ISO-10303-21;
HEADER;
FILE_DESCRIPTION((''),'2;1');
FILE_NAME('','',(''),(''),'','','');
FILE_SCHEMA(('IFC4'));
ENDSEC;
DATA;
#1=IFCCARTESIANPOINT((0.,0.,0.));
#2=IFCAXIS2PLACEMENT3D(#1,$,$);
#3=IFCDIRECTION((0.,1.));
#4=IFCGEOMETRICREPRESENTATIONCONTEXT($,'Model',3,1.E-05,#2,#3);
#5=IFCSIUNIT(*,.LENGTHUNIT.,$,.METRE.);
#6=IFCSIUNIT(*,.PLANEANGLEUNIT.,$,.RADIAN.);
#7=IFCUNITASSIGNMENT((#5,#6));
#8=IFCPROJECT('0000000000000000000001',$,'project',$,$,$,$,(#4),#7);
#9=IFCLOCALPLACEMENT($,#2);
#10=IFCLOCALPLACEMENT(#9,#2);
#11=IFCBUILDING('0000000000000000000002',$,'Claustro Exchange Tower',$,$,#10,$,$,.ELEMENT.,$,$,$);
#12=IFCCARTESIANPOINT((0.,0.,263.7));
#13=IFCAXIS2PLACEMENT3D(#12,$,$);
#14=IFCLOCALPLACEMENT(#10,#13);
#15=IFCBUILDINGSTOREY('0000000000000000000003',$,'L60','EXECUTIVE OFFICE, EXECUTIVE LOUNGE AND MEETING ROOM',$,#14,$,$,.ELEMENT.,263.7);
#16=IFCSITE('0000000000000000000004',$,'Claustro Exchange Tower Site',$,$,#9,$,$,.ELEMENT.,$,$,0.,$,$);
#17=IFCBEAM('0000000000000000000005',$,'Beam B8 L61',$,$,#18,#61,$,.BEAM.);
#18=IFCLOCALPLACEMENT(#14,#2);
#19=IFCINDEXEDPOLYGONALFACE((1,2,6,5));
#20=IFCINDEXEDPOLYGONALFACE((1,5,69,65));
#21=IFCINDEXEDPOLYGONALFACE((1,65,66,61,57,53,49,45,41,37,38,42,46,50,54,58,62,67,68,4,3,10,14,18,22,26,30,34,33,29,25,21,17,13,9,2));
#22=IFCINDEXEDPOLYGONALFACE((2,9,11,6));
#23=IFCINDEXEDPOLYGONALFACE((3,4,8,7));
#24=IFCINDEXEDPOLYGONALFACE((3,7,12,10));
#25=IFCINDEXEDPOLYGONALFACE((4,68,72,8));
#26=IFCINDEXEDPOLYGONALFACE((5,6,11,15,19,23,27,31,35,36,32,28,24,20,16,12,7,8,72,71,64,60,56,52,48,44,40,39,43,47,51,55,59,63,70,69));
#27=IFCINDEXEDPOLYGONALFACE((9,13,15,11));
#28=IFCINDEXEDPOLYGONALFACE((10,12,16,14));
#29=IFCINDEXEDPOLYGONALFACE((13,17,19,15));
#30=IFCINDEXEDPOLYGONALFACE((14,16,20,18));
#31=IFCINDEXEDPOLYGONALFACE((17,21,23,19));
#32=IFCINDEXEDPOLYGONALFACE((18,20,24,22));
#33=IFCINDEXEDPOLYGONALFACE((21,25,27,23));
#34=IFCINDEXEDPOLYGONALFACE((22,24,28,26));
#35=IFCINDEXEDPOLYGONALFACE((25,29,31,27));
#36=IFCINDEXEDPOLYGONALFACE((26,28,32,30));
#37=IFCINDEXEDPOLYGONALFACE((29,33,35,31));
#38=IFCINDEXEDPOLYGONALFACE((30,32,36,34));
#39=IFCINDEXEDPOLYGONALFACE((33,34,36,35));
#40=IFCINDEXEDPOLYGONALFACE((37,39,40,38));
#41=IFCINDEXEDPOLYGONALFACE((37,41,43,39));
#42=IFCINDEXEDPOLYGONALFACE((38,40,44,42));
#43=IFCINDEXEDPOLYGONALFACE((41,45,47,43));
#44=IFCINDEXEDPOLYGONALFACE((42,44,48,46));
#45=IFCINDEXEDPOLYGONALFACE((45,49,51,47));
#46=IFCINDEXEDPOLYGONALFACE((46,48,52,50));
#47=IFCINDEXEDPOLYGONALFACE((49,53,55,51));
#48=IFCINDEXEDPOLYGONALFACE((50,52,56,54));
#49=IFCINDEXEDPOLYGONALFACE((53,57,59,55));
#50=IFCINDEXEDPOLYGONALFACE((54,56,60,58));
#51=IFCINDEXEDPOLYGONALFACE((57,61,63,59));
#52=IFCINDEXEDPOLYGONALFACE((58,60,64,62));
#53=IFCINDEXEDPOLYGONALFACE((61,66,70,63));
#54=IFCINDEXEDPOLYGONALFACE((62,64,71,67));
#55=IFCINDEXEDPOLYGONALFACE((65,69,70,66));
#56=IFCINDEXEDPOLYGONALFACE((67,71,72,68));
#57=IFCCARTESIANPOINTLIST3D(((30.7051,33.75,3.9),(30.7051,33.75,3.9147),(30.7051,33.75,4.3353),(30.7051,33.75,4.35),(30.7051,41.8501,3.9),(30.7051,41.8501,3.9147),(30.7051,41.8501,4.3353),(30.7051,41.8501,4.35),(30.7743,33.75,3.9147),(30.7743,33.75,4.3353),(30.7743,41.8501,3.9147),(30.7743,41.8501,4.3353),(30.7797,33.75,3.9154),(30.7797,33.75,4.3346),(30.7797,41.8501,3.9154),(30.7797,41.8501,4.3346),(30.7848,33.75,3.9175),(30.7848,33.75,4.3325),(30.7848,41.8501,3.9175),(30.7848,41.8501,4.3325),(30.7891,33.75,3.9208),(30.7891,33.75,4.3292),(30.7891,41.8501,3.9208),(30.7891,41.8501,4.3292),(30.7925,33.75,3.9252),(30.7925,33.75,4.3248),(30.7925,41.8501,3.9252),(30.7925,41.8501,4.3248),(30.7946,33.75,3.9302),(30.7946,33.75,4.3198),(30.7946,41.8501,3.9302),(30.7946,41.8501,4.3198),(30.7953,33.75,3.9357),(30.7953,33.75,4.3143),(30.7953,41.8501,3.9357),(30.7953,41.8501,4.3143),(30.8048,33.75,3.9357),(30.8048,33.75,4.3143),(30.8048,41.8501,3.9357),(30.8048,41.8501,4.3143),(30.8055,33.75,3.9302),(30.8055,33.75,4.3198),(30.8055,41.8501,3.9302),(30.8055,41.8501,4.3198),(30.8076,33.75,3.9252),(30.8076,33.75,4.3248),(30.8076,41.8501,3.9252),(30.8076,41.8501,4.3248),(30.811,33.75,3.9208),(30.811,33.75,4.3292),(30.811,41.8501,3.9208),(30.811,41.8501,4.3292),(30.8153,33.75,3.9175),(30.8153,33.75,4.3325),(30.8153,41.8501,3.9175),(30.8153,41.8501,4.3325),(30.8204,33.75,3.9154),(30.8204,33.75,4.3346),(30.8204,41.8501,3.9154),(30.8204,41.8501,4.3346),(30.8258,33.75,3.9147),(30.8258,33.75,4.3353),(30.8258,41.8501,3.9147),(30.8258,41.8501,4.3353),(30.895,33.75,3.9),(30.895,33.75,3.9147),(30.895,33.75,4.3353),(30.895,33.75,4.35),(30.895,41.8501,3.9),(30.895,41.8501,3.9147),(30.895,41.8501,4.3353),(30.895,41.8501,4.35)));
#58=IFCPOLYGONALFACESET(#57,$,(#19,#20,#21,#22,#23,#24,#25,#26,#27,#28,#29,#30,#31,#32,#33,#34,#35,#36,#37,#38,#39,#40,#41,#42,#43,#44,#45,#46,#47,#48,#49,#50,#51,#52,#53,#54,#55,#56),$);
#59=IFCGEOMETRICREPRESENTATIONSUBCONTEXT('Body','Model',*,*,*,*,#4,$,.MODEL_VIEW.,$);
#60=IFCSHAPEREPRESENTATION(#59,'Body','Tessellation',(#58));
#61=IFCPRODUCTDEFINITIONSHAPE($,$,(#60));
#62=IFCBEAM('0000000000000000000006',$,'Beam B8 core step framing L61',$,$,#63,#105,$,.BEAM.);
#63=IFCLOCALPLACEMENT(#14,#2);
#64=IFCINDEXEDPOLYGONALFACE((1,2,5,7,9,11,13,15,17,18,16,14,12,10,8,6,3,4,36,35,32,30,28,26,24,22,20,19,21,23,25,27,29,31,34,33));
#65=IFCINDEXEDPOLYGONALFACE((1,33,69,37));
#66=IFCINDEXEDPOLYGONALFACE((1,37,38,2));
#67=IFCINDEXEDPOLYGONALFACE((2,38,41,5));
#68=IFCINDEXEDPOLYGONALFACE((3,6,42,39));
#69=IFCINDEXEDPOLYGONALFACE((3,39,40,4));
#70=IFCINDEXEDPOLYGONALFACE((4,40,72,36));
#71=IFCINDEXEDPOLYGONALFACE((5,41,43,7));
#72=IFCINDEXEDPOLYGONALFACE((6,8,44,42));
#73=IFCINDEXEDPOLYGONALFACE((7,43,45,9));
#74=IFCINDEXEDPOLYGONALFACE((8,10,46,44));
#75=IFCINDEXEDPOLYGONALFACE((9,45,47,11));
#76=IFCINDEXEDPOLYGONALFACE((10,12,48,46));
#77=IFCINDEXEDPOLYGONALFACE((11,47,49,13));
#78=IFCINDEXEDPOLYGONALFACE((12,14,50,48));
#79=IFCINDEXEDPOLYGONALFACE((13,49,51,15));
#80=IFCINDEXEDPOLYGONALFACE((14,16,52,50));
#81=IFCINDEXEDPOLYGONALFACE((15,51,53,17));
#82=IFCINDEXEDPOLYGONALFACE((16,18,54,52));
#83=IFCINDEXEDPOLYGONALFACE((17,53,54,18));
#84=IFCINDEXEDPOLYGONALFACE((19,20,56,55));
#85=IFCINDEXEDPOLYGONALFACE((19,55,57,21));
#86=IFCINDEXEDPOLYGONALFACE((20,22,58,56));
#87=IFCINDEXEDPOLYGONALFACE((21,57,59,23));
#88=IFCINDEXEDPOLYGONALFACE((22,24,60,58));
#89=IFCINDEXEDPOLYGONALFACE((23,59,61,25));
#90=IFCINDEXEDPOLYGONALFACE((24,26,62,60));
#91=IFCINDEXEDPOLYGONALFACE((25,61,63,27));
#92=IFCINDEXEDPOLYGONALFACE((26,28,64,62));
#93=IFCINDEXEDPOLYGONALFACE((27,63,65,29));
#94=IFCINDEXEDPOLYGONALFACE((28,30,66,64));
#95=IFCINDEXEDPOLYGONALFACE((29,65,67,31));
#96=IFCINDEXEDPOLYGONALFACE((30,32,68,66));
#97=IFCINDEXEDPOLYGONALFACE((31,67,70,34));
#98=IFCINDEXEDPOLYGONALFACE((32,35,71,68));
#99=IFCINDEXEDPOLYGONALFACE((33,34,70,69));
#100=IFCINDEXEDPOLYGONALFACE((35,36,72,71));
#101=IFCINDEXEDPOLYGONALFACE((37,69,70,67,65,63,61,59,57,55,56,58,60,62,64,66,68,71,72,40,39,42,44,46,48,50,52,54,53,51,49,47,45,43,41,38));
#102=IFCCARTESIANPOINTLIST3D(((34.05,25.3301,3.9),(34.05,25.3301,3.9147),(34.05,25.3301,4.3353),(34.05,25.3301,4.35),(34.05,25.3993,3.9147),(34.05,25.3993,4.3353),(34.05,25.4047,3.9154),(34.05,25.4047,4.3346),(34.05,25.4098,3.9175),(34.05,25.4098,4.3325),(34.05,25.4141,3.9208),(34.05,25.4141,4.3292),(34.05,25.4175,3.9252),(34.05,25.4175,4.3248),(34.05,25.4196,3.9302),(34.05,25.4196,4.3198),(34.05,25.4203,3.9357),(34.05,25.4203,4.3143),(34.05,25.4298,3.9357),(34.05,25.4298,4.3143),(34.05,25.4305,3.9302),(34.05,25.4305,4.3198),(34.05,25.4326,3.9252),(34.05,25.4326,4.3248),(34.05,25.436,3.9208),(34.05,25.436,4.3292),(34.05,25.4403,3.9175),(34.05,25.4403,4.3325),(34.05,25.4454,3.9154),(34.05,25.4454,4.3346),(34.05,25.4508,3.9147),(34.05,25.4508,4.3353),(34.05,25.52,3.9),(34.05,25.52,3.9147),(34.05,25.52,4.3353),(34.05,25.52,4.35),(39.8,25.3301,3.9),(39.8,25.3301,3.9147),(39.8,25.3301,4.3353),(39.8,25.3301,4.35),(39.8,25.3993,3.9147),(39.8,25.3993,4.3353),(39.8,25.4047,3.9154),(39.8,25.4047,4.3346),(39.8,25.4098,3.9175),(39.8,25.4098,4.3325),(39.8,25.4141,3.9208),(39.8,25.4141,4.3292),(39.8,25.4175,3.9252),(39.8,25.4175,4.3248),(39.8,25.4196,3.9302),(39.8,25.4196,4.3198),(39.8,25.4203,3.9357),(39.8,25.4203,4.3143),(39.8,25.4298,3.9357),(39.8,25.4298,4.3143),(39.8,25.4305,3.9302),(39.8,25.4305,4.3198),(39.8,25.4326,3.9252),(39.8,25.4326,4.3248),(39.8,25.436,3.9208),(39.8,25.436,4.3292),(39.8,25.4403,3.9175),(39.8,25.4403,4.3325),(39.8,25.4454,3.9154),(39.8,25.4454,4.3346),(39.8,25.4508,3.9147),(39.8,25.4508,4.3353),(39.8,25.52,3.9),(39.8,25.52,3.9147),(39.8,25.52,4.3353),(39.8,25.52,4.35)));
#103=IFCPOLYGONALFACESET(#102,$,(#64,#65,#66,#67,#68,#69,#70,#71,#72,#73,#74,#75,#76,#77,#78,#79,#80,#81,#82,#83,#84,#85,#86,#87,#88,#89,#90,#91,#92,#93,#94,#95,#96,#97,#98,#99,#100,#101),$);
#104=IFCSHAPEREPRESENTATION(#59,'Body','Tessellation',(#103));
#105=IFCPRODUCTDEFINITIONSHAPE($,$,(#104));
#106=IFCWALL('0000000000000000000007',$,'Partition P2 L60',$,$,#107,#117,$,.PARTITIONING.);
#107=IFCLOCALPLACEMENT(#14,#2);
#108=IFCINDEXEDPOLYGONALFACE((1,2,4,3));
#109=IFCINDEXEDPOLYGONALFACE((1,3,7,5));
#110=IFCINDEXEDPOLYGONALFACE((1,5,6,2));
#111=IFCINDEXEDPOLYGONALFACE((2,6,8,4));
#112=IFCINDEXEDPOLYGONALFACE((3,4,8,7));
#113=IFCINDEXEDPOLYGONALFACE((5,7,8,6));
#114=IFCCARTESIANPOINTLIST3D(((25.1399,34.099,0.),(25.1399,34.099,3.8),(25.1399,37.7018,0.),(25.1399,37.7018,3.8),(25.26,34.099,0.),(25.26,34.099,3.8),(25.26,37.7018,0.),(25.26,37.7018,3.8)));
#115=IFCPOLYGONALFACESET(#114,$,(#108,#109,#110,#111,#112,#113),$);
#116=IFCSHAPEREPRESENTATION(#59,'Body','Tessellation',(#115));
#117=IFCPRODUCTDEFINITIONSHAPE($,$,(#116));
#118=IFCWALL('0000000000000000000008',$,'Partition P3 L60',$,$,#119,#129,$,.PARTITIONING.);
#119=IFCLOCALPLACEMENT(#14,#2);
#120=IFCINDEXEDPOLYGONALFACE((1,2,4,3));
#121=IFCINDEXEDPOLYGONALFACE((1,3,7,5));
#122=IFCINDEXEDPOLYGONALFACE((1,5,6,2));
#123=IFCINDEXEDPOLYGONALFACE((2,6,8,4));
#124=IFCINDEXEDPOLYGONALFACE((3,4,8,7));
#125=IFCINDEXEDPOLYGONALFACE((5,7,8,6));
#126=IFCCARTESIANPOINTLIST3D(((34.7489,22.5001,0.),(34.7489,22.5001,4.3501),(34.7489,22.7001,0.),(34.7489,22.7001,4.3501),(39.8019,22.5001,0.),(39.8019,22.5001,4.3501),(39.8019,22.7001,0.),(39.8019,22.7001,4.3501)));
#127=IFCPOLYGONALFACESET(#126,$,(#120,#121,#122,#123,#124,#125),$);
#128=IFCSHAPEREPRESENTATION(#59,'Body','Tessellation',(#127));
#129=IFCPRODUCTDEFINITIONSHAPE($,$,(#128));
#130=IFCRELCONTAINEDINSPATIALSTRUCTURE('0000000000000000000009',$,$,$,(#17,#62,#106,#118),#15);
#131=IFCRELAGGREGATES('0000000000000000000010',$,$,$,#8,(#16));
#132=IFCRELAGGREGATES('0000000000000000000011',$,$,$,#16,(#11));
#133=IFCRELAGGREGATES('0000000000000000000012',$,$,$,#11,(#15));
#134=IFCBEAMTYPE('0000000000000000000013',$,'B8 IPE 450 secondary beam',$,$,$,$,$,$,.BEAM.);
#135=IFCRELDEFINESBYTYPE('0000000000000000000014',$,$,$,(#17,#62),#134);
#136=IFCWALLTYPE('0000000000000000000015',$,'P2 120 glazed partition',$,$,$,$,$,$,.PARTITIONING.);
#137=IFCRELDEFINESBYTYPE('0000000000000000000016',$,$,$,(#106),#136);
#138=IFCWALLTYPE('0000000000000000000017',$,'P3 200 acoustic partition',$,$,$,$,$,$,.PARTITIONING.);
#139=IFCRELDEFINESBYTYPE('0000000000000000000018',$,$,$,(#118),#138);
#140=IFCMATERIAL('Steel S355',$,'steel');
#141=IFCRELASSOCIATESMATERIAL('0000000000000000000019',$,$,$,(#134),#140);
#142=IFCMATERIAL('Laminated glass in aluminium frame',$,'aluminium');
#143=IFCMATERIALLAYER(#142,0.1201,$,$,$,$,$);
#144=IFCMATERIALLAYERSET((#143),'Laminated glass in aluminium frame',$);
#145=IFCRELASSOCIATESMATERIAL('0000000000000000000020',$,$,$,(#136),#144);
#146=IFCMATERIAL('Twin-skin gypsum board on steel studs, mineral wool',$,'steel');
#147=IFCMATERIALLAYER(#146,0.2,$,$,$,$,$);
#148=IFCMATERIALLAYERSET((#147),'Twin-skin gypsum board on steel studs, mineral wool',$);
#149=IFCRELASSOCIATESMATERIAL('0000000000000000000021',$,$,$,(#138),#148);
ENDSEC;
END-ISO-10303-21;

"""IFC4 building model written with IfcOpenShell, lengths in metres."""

from ifc_helpers import new_model, si_unit, direction, frame, frame_2d, origin, origin_2d, place, context, subcontext, project, spatial, rectangle, i_section, extrude, material, layer, layer_set, material_profile, profile_set, type_object, element, save


model = new_model("IFC4")

# Units and contexts
model_context = context("Model", 3, precision=1e-05, world=origin(), true_north=direction((0.0, 1.0)))
body_context = subcontext(model_context, "Body", "Model", "MODEL_VIEW")
ifc_project = project(units=[si_unit("LENGTHUNIT", "METRE"), si_unit("PLANEANGLEUNIT", "RADIAN")], contexts=[model_context])

# Site, building, storey
site_placement = place(None, origin())
site = spatial("IfcSite", under=ifc_project, at=site_placement, Name="Claustro Exchange Tower Site", CompositionType="ELEMENT", RefElevation=0.0)
building_placement = place(site_placement, origin())
building = spatial("IfcBuilding", under=site, at=building_placement, Name="Claustro Exchange Tower", CompositionType="ELEMENT")
storey_placement = place(building_placement, frame((0.0, 0.0, 263.7)))
storey = spatial("IfcBuildingStorey", under=building, at=storey_placement, Name="L60", Description="EXECUTIVE OFFICE, EXECUTIVE LOUNGE AND MEETING ROOM", CompositionType="ELEMENT", Elevation=263.7)

# Beams
ifc_material_1 = material(Name="Steel S355", Category="steel")
ifc_material_profile_1 = material_profile(ifc_material_1, i_section(OverallWidth=0.1899, OverallDepth=0.45, WebThickness=0.0095, FlangeThickness=0.0146, FilletRadius=0.021, at=origin_2d()), Name="IPE 450")
ifc_profile_set_1 = profile_set([ifc_material_profile_1], Name="Steel S355")
beam_type_1 = type_object("IfcBeamType", Name="B8 IPE 450 secondary beam", PredefinedType="BEAM", material=ifc_profile_set_1)
for number, where, z_axis, x_axis, name in (
    (1, (30.8, 33.75, 4.125), (0.0, 1.0, 0.0), (-1.0, 0.0, 0.0), "Beam B8 L61"),
):
    element("IfcBeam", number, at=place(storey_placement, frame(where, z_axis=z_axis, x_axis=x_axis)), inside=storey, type_object=beam_type_1, Name=name, PredefinedType="BEAM", context=body_context, shape_type="SweptSolid", body=[
        extrude(i_section(OverallWidth=0.1899, OverallDepth=0.45, WebThickness=0.0095, FlangeThickness=0.0146, FilletRadius=0.021, at=origin_2d()), origin(), (0.0, 0.0, 1.0), 8.1001),
    ])
beam_1_placement = place(storey_placement, frame((34.05, 25.425, 4.125), z_axis=(1.0, 0.0, 0.0), x_axis=(0.0, 1.0, 0.0)))
element("IfcBeam", 2, at=beam_1_placement, inside=storey, type_object=beam_type_1, Name="Beam B8 core step framing L61", PredefinedType="BEAM", context=body_context, shape_type="SweptSolid", body=[
    extrude(i_section(OverallWidth=0.1899, OverallDepth=0.45, WebThickness=0.0095, FlangeThickness=0.0146, FilletRadius=0.021, at=origin_2d()), origin(), (0.0, 0.0, 1.0), 5.75),
])

# Walls
ifc_material_2 = material(Name="Laminated glass in aluminium frame", Category="aluminium")
ifc_layer_1 = layer(ifc_material_2, 0.1201)
ifc_layer_set_1 = layer_set([ifc_layer_1], Name="Laminated glass in aluminium frame")
wall_type_1 = type_object("IfcWallType", Name="P2 120 glazed partition", PredefinedType="PARTITIONING", material=ifc_layer_set_1)
wall_1_placement = place(storey_placement, frame((25.2, 34.0991, 0.0), z_axis=(0.0, 0.0, 1.0), x_axis=(0.0, 1.0, 0.0)))
element("IfcWall", 3, at=wall_1_placement, inside=storey, type_object=wall_type_1, Name="Partition P2 L60", PredefinedType="PARTITIONING", context=body_context, shape_type="SweptSolid", body=[
    extrude(rectangle(XDim=3.6028, YDim=0.1201, at=frame_2d((1.8013, 0.0))), origin(), (0.0, 0.0, 1.0), 3.8),
])
ifc_material_3 = material(Name="Twin-skin gypsum board on steel studs, mineral wool", Category="steel")
ifc_layer_2 = layer(ifc_material_3, 0.2)
ifc_layer_set_2 = layer_set([ifc_layer_2], Name="Twin-skin gypsum board on steel studs, mineral wool")
wall_type_2 = type_object("IfcWallType", Name="P3 200 acoustic partition", PredefinedType="PARTITIONING", material=ifc_layer_set_2)
wall_2_placement = place(storey_placement, frame((34.749, 22.6001, 0.0), z_axis=(0.0, 0.0, 1.0), x_axis=(1.0, 0.0, 0.0)))
element("IfcWall", 4, at=wall_2_placement, inside=storey, type_object=wall_type_2, Name="Partition P3 L60", PredefinedType="PARTITIONING", context=body_context, shape_type="SweptSolid", body=[
    extrude(rectangle(XDim=5.053, YDim=0.2, at=frame_2d((2.5264, 0.0))), origin(), (0.0, 0.0, 1.0), 4.3501),
])

save(model, "model.ifc")
